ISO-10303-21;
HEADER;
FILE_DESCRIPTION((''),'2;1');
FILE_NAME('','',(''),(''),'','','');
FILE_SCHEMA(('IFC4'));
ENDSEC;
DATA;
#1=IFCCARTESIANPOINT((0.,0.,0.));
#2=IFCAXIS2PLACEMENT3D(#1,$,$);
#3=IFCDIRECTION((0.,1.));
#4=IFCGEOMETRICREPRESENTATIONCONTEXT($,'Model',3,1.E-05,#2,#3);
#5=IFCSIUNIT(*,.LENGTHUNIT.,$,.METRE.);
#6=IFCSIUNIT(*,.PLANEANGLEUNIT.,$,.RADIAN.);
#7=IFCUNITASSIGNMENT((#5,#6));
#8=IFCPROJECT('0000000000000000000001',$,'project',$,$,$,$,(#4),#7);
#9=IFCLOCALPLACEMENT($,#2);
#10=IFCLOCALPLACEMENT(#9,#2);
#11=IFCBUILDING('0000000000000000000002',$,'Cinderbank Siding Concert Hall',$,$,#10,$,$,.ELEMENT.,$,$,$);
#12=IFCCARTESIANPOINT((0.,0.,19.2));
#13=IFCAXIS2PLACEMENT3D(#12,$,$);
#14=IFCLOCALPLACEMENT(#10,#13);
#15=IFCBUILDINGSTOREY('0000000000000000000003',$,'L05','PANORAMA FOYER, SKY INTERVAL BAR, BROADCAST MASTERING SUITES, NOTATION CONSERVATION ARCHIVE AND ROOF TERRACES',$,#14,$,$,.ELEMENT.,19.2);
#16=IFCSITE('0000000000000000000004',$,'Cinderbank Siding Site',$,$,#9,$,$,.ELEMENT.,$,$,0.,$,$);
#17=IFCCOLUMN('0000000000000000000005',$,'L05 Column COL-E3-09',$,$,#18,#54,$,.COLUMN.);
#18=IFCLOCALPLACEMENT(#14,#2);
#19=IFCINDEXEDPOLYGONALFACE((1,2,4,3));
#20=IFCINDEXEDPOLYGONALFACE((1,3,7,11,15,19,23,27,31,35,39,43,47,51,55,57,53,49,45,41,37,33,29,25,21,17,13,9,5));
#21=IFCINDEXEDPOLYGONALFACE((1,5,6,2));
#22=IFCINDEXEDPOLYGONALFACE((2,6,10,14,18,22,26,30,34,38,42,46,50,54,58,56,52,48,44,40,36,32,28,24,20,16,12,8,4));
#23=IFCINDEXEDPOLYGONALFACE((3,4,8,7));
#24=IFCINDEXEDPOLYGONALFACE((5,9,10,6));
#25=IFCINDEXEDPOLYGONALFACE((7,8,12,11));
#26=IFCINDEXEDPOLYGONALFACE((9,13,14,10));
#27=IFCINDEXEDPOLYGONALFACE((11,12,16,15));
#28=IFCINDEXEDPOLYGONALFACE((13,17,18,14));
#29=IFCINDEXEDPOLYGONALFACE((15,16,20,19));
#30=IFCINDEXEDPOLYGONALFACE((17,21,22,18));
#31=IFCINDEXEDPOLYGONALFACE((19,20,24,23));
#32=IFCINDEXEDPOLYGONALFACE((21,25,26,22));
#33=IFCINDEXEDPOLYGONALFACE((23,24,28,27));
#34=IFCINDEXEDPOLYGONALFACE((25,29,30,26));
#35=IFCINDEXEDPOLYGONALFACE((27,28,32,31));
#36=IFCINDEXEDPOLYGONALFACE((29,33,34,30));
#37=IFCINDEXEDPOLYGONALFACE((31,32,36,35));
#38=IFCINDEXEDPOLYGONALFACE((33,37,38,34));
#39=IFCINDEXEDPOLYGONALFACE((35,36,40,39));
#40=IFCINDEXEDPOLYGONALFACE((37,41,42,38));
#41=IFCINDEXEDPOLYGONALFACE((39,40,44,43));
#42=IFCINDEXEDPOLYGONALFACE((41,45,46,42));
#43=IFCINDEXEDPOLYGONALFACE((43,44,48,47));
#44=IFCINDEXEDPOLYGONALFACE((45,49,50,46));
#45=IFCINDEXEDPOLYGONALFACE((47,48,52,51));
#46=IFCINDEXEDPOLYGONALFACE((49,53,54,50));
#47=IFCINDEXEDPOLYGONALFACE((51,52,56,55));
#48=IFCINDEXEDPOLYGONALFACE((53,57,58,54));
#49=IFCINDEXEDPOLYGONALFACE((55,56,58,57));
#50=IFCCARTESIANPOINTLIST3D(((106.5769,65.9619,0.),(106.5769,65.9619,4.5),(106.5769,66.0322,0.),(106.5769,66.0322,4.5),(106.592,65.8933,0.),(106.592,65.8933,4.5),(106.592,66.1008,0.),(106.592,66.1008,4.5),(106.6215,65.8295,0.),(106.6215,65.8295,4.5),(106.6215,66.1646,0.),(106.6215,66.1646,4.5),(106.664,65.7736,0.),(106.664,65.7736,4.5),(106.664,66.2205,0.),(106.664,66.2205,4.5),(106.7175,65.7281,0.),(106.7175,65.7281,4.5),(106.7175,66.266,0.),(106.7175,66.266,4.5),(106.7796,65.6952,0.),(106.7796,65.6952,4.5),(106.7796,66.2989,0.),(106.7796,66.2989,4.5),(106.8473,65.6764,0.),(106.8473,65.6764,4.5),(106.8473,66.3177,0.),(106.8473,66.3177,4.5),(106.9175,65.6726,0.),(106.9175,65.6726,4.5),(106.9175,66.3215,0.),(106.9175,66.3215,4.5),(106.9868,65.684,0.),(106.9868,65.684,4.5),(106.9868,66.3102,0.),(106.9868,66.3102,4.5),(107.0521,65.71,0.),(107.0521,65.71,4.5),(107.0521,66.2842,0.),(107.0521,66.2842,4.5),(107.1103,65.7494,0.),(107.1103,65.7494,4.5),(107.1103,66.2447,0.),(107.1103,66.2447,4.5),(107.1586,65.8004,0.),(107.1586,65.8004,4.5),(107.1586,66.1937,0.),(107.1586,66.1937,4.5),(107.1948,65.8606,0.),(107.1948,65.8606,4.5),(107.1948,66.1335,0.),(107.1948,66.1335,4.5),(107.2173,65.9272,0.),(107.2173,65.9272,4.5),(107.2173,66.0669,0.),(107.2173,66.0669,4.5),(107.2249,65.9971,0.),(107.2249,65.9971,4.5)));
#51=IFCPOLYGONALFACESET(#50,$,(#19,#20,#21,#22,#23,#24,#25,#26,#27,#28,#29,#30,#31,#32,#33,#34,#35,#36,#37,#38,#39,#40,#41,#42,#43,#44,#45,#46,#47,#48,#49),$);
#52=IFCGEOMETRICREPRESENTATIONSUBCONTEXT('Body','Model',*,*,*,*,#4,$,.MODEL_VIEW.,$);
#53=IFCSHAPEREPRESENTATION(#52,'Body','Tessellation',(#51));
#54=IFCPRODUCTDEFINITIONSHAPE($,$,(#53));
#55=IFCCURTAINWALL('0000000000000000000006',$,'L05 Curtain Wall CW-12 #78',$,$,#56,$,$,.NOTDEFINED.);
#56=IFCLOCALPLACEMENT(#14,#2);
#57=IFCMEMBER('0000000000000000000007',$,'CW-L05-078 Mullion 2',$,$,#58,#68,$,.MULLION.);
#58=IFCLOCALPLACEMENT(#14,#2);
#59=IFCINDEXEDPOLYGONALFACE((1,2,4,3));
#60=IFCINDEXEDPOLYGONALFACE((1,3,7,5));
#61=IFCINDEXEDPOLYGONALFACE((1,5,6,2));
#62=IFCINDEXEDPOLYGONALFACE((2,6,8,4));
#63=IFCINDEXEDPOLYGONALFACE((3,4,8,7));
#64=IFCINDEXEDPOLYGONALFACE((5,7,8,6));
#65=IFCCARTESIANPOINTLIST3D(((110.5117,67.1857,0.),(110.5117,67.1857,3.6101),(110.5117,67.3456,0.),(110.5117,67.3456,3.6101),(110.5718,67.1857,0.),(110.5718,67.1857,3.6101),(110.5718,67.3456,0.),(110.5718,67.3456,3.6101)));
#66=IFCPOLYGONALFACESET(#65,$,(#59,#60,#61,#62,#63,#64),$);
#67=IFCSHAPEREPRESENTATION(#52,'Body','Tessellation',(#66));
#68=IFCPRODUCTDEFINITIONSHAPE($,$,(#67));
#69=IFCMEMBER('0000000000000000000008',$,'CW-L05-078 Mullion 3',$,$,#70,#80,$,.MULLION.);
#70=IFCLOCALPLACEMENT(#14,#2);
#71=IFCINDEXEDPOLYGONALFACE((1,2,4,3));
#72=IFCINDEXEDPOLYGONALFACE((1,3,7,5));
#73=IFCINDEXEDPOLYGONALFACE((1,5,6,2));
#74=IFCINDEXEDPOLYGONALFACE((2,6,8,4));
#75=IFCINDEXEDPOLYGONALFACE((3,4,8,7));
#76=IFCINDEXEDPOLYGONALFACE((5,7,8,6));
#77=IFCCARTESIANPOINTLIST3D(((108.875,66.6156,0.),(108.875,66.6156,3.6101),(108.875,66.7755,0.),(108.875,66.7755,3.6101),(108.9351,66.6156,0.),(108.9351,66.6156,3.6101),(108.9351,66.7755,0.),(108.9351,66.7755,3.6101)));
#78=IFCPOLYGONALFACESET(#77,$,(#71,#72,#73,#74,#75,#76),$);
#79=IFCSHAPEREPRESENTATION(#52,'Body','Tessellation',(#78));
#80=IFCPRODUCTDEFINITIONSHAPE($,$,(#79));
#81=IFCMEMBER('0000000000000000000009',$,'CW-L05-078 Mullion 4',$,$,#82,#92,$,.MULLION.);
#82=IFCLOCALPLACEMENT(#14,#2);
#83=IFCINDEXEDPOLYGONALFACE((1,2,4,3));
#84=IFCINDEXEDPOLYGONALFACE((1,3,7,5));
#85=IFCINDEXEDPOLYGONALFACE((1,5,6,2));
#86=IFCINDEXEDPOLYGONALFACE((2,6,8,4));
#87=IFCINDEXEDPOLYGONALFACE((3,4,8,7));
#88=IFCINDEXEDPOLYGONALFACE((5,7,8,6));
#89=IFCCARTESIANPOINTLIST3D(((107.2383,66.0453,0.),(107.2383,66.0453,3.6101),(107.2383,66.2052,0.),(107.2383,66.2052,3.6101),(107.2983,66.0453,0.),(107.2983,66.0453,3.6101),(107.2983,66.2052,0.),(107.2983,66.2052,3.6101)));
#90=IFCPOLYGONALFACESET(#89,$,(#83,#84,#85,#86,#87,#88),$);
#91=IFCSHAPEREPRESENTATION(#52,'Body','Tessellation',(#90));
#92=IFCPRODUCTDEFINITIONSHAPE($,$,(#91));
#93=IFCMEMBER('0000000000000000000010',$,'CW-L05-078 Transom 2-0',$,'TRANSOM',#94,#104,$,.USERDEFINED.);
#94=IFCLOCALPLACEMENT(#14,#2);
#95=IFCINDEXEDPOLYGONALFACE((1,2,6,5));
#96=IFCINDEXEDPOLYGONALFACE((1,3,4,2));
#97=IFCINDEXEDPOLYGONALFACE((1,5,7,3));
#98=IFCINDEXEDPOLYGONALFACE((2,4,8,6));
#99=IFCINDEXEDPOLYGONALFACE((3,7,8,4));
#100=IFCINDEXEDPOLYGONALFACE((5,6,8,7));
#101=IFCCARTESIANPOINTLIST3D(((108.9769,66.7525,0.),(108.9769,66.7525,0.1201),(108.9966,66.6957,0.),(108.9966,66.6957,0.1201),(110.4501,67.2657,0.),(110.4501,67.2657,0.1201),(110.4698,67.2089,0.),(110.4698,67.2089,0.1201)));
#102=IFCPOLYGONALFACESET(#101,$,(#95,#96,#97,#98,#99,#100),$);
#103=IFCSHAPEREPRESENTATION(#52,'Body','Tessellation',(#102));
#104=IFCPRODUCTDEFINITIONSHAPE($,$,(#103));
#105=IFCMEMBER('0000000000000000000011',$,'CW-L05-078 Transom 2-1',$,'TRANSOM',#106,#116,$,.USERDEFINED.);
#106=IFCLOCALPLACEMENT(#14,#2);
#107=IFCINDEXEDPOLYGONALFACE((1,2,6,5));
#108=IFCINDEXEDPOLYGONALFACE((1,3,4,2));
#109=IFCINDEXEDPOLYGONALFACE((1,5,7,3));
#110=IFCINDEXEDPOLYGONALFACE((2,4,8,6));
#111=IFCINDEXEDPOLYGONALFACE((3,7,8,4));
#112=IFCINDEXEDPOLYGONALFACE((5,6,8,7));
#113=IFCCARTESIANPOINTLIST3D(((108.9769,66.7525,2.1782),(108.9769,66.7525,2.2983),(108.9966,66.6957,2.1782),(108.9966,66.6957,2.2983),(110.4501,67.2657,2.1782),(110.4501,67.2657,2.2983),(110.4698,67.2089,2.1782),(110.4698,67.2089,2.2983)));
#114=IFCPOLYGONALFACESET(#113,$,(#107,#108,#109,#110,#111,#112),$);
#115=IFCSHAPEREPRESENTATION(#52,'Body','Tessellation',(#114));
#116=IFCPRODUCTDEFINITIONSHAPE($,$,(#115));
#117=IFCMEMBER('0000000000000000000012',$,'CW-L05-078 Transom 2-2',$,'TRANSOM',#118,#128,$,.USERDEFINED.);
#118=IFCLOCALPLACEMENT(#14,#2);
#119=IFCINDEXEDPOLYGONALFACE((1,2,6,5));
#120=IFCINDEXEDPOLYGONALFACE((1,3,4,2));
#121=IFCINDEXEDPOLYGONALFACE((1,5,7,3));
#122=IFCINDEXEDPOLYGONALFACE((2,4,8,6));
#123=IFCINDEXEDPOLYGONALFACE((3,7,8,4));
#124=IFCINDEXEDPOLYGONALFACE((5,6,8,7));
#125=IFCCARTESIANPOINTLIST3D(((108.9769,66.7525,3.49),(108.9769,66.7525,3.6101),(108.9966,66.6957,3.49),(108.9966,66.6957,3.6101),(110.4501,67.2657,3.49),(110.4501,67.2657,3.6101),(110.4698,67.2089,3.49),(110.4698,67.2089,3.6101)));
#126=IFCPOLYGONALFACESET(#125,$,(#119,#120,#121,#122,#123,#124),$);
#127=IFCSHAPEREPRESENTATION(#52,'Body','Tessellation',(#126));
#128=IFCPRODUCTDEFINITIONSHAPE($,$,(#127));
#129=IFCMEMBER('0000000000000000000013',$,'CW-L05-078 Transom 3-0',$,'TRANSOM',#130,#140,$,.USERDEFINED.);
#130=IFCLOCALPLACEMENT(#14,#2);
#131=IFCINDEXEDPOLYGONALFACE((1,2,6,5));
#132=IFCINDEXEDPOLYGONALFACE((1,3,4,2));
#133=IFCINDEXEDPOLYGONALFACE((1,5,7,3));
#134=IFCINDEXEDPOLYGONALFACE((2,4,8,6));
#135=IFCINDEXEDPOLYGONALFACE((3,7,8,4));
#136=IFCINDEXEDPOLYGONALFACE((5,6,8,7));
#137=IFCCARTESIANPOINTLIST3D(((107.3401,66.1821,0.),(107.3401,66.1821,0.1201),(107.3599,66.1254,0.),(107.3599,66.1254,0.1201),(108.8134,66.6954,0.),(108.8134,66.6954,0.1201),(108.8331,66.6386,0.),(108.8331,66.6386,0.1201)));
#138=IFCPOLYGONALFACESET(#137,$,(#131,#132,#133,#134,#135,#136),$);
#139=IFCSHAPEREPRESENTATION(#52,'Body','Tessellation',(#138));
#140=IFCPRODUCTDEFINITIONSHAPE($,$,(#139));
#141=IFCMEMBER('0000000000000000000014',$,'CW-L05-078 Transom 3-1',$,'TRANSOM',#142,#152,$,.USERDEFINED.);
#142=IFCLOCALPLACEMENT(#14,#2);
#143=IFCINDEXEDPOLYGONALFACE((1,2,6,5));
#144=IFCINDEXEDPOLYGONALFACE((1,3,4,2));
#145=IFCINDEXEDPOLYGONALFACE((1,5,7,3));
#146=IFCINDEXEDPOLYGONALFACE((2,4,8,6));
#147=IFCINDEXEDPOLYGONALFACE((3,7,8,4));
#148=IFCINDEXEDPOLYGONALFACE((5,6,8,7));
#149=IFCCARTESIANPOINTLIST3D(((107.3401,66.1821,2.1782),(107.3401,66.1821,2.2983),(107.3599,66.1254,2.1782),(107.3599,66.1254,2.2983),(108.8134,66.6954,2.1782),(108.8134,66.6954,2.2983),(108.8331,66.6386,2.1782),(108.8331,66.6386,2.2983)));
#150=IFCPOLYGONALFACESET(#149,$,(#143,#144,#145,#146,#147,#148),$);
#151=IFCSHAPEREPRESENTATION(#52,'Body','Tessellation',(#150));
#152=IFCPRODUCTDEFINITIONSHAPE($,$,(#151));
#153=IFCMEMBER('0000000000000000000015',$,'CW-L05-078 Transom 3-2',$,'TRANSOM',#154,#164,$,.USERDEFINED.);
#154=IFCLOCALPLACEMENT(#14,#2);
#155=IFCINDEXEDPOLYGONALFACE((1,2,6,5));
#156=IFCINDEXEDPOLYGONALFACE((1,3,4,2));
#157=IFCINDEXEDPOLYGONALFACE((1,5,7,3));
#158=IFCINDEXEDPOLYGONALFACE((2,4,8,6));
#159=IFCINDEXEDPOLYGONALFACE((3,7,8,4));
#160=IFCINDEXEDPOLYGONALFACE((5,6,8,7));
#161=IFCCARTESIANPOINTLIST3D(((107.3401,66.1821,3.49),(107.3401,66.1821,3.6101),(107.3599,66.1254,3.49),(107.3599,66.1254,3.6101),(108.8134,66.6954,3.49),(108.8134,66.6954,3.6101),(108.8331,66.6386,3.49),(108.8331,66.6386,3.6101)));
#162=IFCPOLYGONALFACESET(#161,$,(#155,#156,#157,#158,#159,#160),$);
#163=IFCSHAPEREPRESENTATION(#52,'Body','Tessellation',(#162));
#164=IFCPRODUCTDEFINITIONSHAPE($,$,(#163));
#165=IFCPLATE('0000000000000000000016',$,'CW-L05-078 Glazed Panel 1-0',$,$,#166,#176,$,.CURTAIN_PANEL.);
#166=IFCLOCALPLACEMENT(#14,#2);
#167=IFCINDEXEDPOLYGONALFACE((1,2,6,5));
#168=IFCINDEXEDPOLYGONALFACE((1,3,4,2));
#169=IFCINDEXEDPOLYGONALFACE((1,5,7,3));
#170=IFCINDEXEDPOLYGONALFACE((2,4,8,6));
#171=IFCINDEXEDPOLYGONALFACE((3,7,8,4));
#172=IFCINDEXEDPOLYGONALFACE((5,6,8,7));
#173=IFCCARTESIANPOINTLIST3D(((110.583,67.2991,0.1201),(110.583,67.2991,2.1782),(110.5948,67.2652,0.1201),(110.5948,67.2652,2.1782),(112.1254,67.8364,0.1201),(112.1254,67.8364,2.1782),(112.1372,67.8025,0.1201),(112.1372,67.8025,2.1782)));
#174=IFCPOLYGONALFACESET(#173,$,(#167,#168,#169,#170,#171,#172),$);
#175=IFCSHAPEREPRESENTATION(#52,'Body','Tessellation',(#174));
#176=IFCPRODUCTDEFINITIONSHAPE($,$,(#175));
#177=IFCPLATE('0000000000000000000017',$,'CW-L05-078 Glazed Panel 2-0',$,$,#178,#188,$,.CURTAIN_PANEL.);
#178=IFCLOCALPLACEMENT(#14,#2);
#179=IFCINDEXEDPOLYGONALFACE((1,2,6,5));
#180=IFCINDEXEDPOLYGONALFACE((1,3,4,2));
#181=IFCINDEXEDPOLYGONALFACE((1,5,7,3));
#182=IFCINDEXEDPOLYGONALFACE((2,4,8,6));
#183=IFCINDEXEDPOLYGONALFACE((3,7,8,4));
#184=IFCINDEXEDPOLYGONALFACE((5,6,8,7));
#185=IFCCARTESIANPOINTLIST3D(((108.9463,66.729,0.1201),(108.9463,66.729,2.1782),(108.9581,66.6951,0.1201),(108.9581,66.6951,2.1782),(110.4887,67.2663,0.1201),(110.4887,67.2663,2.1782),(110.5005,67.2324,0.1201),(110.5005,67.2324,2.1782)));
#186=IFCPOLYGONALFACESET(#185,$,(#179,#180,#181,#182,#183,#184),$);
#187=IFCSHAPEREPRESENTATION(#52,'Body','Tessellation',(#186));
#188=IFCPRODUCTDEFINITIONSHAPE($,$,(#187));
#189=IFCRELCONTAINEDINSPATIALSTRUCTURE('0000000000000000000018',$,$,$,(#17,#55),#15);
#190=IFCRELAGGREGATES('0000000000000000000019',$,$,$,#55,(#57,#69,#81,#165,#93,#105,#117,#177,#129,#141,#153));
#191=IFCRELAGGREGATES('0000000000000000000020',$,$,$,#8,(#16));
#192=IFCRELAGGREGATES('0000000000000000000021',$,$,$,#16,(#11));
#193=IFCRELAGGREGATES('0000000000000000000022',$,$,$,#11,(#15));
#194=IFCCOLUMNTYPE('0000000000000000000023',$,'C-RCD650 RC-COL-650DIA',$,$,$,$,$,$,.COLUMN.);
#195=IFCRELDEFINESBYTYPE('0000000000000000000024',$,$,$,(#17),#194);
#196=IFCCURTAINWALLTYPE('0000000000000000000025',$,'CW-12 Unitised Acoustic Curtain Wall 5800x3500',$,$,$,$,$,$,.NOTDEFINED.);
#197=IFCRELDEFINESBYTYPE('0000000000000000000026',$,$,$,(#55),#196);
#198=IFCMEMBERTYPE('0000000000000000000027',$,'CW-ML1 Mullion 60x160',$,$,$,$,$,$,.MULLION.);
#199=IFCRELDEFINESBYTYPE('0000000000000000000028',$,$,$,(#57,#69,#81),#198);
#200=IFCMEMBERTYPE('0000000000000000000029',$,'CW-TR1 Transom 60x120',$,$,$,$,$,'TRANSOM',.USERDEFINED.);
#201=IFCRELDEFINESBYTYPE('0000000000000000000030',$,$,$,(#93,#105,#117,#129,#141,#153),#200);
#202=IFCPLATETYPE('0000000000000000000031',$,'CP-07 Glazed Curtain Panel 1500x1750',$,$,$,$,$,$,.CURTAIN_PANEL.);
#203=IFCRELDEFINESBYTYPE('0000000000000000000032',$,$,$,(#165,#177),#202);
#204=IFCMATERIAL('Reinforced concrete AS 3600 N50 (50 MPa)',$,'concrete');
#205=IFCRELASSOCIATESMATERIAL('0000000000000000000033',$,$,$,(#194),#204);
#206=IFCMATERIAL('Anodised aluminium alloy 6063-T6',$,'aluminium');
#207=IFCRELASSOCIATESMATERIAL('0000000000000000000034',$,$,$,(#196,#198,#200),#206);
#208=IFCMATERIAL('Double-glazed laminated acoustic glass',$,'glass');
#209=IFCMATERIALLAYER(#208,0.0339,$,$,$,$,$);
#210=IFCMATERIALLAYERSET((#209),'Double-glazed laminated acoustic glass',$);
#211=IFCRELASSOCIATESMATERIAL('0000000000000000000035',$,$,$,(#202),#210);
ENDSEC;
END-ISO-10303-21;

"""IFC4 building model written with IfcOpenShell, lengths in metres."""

from ifc_helpers import new_model, si_unit, direction, frame, origin, origin_2d, place, context, subcontext, project, spatial, rectangle, circle, extrude, material, layer, layer_set, material_profile, profile_set, type_object, element, aggregate, save


model = new_model("IFC4")

# Units and contexts
model_context = context("Model", 3, precision=1e-05, world=origin(), true_north=direction((0.0, 1.0)))
body_context = subcontext(model_context, "Body", "Model", "MODEL_VIEW")
ifc_project = project(units=[si_unit("LENGTHUNIT", "METRE"), si_unit("PLANEANGLEUNIT", "RADIAN")], contexts=[model_context])

# Site, building, storey
site_placement = place(None, origin())
site = spatial("IfcSite", under=ifc_project, at=site_placement, Name="Cinderbank Siding Site", CompositionType="ELEMENT", RefElevation=0.0)
building_placement = place(site_placement, origin())
building = spatial("IfcBuilding", under=site, at=building_placement, Name="Cinderbank Siding Concert Hall", CompositionType="ELEMENT")
storey_placement = place(building_placement, frame((0.0, 0.0, 19.2)))
storey = spatial("IfcBuildingStorey", under=building, at=storey_placement, Name="L05", Description="PANORAMA FOYER, SKY INTERVAL BAR, BROADCAST MASTERING SUITES, NOTATION CONSERVATION ARCHIVE AND ROOF TERRACES", CompositionType="ELEMENT", Elevation=19.2)

# Column
ifc_material_1 = material(Name="Reinforced concrete AS 3600 N50 (50 MPa)", Category="concrete")
ifc_material_profile_1 = material_profile(ifc_material_1, circle(Radius=0.325, at=origin_2d()), Name="RC-COL-650DIA", Category="LoadBearing")
ifc_profile_set_1 = profile_set([ifc_material_profile_1], Name="Reinforced concrete AS 3600 N50 (50 MPa)")
column_type = type_object("IfcColumnType", Name="C-RCD650 RC-COL-650DIA", PredefinedType="COLUMN", material=ifc_profile_set_1)
column_placement = place(storey_placement, frame((106.8999, 65.9971, 0.0), z_axis=(0.0, 0.0, 1.0), x_axis=(1.0, 0.0, 0.0)))
element("IfcColumn", 1, at=column_placement, inside=storey, type_object=column_type, Name="L05 Column COL-E3-09", PredefinedType="COLUMN", context=body_context, shape_type="SweptSolid", body=[
    extrude(circle(Radius=0.325, at=origin_2d()), origin(), (0.0, 0.0, 1.0), 4.5),
])

# Curtain wall, members, plates
ifc_material_2 = material(Name="Anodised aluminium alloy 6063-T6", Category="aluminium")
curtain_wall_type = type_object("IfcCurtainWallType", Name="CW-12 Unitised Acoustic Curtain Wall 5800x3500", PredefinedType="NOTDEFINED", material=ifc_material_2)
curtain_wall_placement = place(storey_placement, origin())
curtain_wall = element("IfcCurtainWall", 2, at=curtain_wall_placement, inside=storey, type_object=curtain_wall_type, Name="L05 Curtain Wall CW-12 #78", PredefinedType="NOTDEFINED")
ifc_material_profile_2 = material_profile(ifc_material_2, rectangle(XDim=0.0601, YDim=0.1599, at=origin_2d()), Name="ALU-MULL-60x160", Category="LoadBearing")
ifc_profile_set_2 = profile_set([ifc_material_profile_2], Name="Anodised aluminium alloy 6063-T6")
member_type_1 = type_object("IfcMemberType", Name="CW-ML1 Mullion 60x160", PredefinedType="MULLION", material=ifc_profile_set_2)
member_1_placement = place(storey_placement, frame((110.5417, 67.2656, 0.0), z_axis=(0.0, 0.0, 1.0), x_axis=(1.0, 0.0, 0.0)))
member_1 = element("IfcMember", 3, at=member_1_placement, type_object=member_type_1, Name="CW-L05-078 Mullion 2", PredefinedType="MULLION", context=body_context, shape_type="SweptSolid", body=[
    extrude(rectangle(XDim=0.0601, YDim=0.1599, at=origin_2d()), origin(), (0.0, 0.0, 1.0), 3.6101),
])
member_2_placement = place(storey_placement, frame((108.905, 66.6956, 0.0), z_axis=(0.0, 0.0, 1.0), x_axis=(1.0, 0.0, 0.0)))
member_2 = element("IfcMember", 4, at=member_2_placement, type_object=member_type_1, Name="CW-L05-078 Mullion 3", PredefinedType="MULLION", context=body_context, shape_type="SweptSolid", body=[
    extrude(rectangle(XDim=0.0601, YDim=0.1599, at=origin_2d()), origin(), (0.0, 0.0, 1.0), 3.6101),
])
member_3_placement = place(storey_placement, frame((107.2683, 66.1252, 0.0), z_axis=(0.0, 0.0, 1.0), x_axis=(1.0, 0.0, 0.0)))
member_3 = element("IfcMember", 5, at=member_3_placement, type_object=member_type_1, Name="CW-L05-078 Mullion 4", PredefinedType="MULLION", context=body_context, shape_type="SweptSolid", body=[
    extrude(rectangle(XDim=0.0601, YDim=0.1599, at=origin_2d()), origin(), (0.0, 0.0, 1.0), 3.6101),
])
ifc_material_profile_3 = material_profile(ifc_material_2, rectangle(XDim=0.0601, YDim=0.1201, at=origin_2d()), Name="ALU-TRAN-60x120", Category="LoadBearing")
ifc_profile_set_3 = profile_set([ifc_material_profile_3], Name="Anodised aluminium alloy 6063-T6")
member_type_2 = type_object("IfcMemberType", Name="CW-TR1 Transom 60x120", ElementType="TRANSOM", PredefinedType="USERDEFINED", material=ifc_profile_set_3)
member_4_placement = place(storey_placement, frame((110.46, 67.2373, 0.0601), z_axis=(-0.94434, -0.32897, 0.0), x_axis=(0.32897, -0.94434, 0.0)))
member_4 = element("IfcMember", 6, at=member_4_placement, type_object=member_type_2, Name="CW-L05-078 Transom 2-0", ObjectType="TRANSOM", PredefinedType="USERDEFINED", context=body_context, shape_type="SweptSolid", body=[
    extrude(rectangle(XDim=0.0601, YDim=0.1201, at=origin_2d()), origin(), (0.0, 0.0, 1.0), 1.5601),
])
member_5_placement = place(storey_placement, frame((110.46, 67.2373, 2.2383), z_axis=(-0.94434, -0.32897, 0.0), x_axis=(0.32897, -0.94434, 0.0)))
member_5 = element("IfcMember", 7, at=member_5_placement, type_object=member_type_2, Name="CW-L05-078 Transom 2-1", ObjectType="TRANSOM", PredefinedType="USERDEFINED", context=body_context, shape_type="SweptSolid", body=[
    extrude(rectangle(XDim=0.0601, YDim=0.1201, at=origin_2d()), origin(), (0.0, 0.0, 1.0), 1.5601),
])
member_6_placement = place(storey_placement, frame((110.46, 67.2373, 3.55), z_axis=(-0.94434, -0.32897, 0.0), x_axis=(0.32897, -0.94434, 0.0)))
member_6 = element("IfcMember", 8, at=member_6_placement, type_object=member_type_2, Name="CW-L05-078 Transom 2-2", ObjectType="TRANSOM", PredefinedType="USERDEFINED", context=body_context, shape_type="SweptSolid", body=[
    extrude(rectangle(XDim=0.0601, YDim=0.1201, at=origin_2d()), origin(), (0.0, 0.0, 1.0), 1.5601),
])
member_7_placement = place(storey_placement, frame((108.8232, 66.667, 0.0601), z_axis=(-0.94434, -0.32897, 0.0), x_axis=(0.32897, -0.94434, 0.0)))
member_7 = element("IfcMember", 9, at=member_7_placement, type_object=member_type_2, Name="CW-L05-078 Transom 3-0", ObjectType="TRANSOM", PredefinedType="USERDEFINED", context=body_context, shape_type="SweptSolid", body=[
    extrude(rectangle(XDim=0.0601, YDim=0.1201, at=origin_2d()), origin(), (0.0, 0.0, 1.0), 1.5601),
])
member_8_placement = place(storey_placement, frame((108.8232, 66.667, 2.2383), z_axis=(-0.94434, -0.32897, 0.0), x_axis=(0.32897, -0.94434, 0.0)))
member_8 = element("IfcMember", 10, at=member_8_placement, type_object=member_type_2, Name="CW-L05-078 Transom 3-1", ObjectType="TRANSOM", PredefinedType="USERDEFINED", context=body_context, shape_type="SweptSolid", body=[
    extrude(rectangle(XDim=0.0601, YDim=0.1201, at=origin_2d()), origin(), (0.0, 0.0, 1.0), 1.5601),
])
member_9_placement = place(storey_placement, frame((108.8232, 66.667, 3.55), z_axis=(-0.94434, -0.32897, 0.0), x_axis=(0.32897, -0.94434, 0.0)))
member_9 = element("IfcMember", 11, at=member_9_placement, type_object=member_type_2, Name="CW-L05-078 Transom 3-2", ObjectType="TRANSOM", PredefinedType="USERDEFINED", context=body_context, shape_type="SweptSolid", body=[
    extrude(rectangle(XDim=0.0601, YDim=0.1201, at=origin_2d()), origin(), (0.0, 0.0, 1.0), 1.5601),
])
ifc_material_3 = material(Name="Double-glazed laminated acoustic glass", Category="glass")
ifc_layer_1 = layer(ifc_material_3, 0.0339)
ifc_layer_set_1 = layer_set([ifc_layer_1], Name="Double-glazed laminated acoustic glass")
plate_type = type_object("IfcPlateType", Name="CP-07 Glazed Curtain Panel 1500x1750", PredefinedType="CURTAIN_PANEL", material=ifc_layer_set_1)
plate_1_placement = place(storey_placement, frame((111.3601, 67.5508, 0.1201), z_axis=(0.0, 0.0, 1.0), x_axis=(-0.944334, -0.328988, 0.0)))
plate_1 = element("IfcPlate", 12, at=plate_1_placement, type_object=plate_type, Name="CW-L05-078 Glazed Panel 1-0", PredefinedType="CURTAIN_PANEL", context=body_context, shape_type="SweptSolid", body=[
    extrude(rectangle(XDim=1.6333, YDim=0.0359, at=origin_2d()), origin(), (0.0, 0.0, 1.0), 2.0581),
])
plate_2_placement = place(storey_placement, frame((109.7234, 66.9807, 0.1201), z_axis=(0.0, 0.0, 1.0), x_axis=(-0.944334, -0.328988, 0.0)))
plate_2 = element("IfcPlate", 13, at=plate_2_placement, type_object=plate_type, Name="CW-L05-078 Glazed Panel 2-0", PredefinedType="CURTAIN_PANEL", context=body_context, shape_type="SweptSolid", body=[
    extrude(rectangle(XDim=1.6333, YDim=0.0359, at=origin_2d()), origin(), (0.0, 0.0, 1.0), 2.0581),
])
aggregate(curtain_wall, [member_1, member_2, member_3, plate_1, member_4, member_5, member_6, plate_2, member_7, member_8, member_9])

save(model, "model.ifc")
